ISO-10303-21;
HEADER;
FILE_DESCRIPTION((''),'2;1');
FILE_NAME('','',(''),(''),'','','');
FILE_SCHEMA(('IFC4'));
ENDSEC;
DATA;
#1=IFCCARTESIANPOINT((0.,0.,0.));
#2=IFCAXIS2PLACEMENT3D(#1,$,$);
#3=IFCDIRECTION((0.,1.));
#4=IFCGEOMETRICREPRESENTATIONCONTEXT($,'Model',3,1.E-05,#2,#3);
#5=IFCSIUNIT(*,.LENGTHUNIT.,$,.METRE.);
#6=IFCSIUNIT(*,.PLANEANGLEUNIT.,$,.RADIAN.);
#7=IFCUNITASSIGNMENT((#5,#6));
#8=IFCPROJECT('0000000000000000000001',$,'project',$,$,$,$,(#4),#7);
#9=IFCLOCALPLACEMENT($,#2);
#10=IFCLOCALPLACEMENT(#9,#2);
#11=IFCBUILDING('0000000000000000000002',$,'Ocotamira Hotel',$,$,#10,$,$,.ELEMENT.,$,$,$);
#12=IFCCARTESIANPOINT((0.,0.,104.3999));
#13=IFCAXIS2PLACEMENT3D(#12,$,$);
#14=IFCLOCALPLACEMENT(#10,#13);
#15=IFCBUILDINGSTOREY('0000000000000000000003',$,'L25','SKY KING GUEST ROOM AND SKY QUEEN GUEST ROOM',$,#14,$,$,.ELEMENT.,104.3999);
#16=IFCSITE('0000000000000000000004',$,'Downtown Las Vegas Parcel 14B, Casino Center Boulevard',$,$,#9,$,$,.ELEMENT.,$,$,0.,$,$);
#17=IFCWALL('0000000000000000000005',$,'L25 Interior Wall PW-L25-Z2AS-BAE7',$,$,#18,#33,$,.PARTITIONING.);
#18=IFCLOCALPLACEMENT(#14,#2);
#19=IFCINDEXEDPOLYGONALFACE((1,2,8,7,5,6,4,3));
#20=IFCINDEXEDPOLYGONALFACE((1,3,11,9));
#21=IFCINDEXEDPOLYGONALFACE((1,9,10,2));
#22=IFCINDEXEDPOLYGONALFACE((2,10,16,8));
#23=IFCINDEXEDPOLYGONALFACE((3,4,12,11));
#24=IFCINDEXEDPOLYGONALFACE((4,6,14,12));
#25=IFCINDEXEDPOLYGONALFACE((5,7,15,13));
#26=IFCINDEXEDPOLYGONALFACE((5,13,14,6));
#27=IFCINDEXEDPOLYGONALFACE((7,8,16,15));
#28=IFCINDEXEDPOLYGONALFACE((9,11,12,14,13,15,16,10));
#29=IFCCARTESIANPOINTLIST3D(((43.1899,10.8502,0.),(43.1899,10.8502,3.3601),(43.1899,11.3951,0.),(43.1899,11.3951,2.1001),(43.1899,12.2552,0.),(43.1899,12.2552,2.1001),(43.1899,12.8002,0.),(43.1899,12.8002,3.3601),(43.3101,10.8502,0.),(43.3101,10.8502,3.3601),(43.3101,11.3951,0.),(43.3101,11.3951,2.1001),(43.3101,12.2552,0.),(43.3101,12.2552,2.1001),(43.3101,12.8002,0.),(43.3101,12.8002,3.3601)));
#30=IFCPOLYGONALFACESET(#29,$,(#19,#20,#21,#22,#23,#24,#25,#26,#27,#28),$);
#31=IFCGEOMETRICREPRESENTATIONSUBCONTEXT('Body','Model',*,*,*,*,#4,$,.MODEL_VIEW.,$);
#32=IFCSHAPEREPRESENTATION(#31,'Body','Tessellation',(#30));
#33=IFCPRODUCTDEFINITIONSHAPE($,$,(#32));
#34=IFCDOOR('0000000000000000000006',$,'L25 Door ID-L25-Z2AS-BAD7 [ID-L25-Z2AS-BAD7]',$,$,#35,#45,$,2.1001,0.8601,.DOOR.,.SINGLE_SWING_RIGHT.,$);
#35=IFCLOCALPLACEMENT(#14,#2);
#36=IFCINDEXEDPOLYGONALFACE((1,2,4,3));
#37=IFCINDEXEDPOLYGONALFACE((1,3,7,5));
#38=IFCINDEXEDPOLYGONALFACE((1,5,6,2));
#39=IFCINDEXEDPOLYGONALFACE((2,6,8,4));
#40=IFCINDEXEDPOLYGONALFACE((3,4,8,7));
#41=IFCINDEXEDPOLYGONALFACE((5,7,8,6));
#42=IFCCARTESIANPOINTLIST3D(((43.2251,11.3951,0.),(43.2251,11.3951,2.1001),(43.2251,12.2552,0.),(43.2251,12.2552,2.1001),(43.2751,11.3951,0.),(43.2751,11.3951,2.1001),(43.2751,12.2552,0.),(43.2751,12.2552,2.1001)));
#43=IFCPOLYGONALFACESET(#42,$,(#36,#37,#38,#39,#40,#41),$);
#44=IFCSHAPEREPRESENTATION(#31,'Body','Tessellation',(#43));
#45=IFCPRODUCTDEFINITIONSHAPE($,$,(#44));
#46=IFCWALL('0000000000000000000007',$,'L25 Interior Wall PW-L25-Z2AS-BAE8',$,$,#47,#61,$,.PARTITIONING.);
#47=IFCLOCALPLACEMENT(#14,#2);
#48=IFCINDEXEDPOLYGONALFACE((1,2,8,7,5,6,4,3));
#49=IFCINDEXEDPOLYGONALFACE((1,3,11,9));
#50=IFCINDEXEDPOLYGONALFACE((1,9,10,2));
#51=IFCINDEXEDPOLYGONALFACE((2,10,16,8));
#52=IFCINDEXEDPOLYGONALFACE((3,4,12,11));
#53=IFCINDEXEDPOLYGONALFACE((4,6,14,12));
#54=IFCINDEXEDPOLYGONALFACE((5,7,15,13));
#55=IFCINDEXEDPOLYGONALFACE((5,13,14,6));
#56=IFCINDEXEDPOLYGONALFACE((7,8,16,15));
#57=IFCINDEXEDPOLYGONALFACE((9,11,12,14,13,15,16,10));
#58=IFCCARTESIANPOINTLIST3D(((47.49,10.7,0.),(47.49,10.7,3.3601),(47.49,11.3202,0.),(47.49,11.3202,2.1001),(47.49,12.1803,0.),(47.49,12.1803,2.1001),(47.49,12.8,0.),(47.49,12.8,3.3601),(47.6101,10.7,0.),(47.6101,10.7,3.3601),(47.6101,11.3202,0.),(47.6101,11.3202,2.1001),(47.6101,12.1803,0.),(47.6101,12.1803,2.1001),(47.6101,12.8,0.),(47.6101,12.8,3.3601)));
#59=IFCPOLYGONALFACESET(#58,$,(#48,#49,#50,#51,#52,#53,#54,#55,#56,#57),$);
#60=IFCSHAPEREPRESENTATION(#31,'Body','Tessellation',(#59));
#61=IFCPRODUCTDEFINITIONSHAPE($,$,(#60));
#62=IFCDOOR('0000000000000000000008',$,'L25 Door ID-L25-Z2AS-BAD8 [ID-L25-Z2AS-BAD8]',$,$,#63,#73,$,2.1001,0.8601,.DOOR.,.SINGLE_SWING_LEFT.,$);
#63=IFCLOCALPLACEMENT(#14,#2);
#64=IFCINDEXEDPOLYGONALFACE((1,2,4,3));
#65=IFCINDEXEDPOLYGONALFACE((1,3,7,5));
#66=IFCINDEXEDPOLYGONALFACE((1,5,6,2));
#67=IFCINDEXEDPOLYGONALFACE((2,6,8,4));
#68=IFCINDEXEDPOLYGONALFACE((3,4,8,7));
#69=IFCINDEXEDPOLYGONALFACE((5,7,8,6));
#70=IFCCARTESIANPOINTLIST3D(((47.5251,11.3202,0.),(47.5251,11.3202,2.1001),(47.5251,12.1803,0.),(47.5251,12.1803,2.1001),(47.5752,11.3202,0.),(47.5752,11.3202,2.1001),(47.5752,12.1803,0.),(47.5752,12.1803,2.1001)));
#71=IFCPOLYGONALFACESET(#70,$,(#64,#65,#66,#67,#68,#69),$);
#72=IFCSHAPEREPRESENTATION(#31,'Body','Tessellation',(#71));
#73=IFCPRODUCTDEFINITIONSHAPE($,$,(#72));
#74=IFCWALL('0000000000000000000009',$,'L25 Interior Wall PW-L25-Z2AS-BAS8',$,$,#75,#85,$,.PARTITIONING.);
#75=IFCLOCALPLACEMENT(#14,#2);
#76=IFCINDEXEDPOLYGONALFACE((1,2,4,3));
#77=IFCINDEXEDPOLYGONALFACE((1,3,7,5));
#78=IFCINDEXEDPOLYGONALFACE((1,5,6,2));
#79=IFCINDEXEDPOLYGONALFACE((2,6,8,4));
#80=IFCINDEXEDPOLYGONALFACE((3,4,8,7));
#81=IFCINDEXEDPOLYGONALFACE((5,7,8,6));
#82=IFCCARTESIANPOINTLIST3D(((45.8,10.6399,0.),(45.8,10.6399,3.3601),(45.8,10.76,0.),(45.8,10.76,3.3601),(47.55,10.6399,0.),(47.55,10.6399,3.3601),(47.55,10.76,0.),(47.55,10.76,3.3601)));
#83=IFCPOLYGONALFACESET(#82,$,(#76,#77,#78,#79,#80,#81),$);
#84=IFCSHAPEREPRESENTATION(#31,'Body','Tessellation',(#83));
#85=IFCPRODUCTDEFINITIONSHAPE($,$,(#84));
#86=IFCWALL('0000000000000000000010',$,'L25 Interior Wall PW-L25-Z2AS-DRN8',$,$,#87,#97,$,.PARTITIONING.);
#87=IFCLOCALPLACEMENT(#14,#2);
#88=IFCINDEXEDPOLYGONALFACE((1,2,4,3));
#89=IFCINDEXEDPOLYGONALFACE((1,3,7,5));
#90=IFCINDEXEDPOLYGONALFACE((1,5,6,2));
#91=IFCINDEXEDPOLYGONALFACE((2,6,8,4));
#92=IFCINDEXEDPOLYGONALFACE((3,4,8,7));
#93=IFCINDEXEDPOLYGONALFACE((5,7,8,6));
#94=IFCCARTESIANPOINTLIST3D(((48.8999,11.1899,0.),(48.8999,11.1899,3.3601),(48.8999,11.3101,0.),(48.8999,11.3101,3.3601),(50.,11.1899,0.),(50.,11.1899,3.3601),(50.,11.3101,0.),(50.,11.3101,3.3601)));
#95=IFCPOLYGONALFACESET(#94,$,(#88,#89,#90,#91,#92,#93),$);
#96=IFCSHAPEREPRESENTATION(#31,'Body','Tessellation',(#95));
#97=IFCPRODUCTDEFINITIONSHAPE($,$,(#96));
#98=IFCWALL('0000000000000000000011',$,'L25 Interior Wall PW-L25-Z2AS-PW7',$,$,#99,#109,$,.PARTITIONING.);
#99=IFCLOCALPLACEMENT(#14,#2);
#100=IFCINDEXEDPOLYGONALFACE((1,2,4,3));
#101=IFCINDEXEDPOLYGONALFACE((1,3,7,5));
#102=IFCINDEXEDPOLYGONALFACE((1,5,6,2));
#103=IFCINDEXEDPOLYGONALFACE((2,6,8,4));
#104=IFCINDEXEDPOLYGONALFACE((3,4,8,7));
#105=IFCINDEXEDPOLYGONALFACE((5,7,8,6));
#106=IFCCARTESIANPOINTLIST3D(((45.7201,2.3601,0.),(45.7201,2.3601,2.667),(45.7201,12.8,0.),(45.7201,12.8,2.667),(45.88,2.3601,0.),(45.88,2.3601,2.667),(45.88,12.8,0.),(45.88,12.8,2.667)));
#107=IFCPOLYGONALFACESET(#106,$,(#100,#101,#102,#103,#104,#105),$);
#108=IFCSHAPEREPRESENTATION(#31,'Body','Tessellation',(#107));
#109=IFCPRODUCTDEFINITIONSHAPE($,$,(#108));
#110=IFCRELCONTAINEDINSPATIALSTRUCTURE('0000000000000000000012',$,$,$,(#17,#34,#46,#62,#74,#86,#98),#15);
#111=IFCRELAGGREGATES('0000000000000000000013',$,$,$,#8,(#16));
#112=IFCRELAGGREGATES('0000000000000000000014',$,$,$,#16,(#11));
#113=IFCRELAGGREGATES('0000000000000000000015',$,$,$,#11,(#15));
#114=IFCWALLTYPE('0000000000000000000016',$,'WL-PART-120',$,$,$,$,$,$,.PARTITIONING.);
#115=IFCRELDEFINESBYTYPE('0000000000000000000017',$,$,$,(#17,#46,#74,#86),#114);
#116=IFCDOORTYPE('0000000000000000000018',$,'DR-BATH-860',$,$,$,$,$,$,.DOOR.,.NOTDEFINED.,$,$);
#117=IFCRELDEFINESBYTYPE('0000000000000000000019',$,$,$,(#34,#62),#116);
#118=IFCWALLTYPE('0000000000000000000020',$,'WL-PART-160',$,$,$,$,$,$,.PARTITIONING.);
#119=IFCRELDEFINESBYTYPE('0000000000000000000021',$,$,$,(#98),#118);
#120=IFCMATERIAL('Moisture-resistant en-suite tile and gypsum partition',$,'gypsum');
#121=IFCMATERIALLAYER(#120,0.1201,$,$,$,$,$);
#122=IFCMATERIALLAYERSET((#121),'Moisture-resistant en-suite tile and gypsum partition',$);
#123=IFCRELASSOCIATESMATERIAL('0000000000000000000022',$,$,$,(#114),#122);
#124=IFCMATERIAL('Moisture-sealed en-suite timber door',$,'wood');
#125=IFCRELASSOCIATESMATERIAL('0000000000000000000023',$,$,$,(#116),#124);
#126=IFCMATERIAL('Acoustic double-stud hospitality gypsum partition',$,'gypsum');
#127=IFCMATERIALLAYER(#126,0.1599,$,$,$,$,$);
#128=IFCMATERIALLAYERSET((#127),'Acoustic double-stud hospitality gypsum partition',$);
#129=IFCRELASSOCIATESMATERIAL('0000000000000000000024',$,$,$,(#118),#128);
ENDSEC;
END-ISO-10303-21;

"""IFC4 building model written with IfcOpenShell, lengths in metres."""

from ifc_helpers import new_model, si_unit, direction, frame, frame_2d, origin, place, context, subcontext, project, spatial, rectangle, extrude, source, transform, mapped, material, layer, layer_set, type_object, element, fill, save


model = new_model("IFC4")

# Units and contexts
model_context = context("Model", 3, precision=1e-05, world=origin(), true_north=direction((0.0, 1.0)))
body_context = subcontext(model_context, "Body", "Model", "MODEL_VIEW")
ifc_project = project(units=[si_unit("LENGTHUNIT", "METRE"), si_unit("PLANEANGLEUNIT", "RADIAN")], contexts=[model_context])

# Site, building, storey
site_placement = place(None, origin())
site = spatial("IfcSite", under=ifc_project, at=site_placement, Name="Downtown Las Vegas Parcel 14B, Casino Center Boulevard", CompositionType="ELEMENT", RefElevation=0.0)
building_placement = place(site_placement, origin())
building = spatial("IfcBuilding", under=site, at=building_placement, Name="Ocotamira Hotel", CompositionType="ELEMENT")
storey_placement = place(building_placement, frame((0.0, 0.0, 104.3999)))
storey = spatial("IfcBuildingStorey", under=building, at=storey_placement, Name="L25", Description="SKY KING GUEST ROOM AND SKY QUEEN GUEST ROOM", CompositionType="ELEMENT", Elevation=104.3999)

# Walls, openings, doors
ifc_material_1 = material(Name="Moisture-resistant en-suite tile and gypsum partition", Category="gypsum")
ifc_layer_1 = layer(ifc_material_1, 0.1201)
ifc_layer_set_1 = layer_set([ifc_layer_1], Name="Moisture-resistant en-suite tile and gypsum partition")
wall_type_1 = type_object("IfcWallType", Name="WL-PART-120", PredefinedType="PARTITIONING", material=ifc_layer_set_1)
wall_1_placement = place(storey_placement, frame((43.25, 10.8501, 0.0), z_axis=(0.0, 0.0, 1.0), x_axis=(0.0, 1.0, 0.0)))
wall_1 = element("IfcWall", 1, at=wall_1_placement, inside=storey, type_object=wall_type_1, Name="L25 Interior Wall PW-L25-Z2AS-BAE7", PredefinedType="PARTITIONING", context=body_context, shape_type="SweptSolid", body=[
    extrude(rectangle(XDim=1.95, YDim=0.1201, at=frame_2d((0.9751, 0.0))), origin(), (0.0, 0.0, 1.0), 3.3601),
])
opening_1_placement = place(wall_1_placement, frame((0.5449, 0.0, 0.0)))
opening_1 = element("IfcOpeningElement", 2, at=opening_1_placement, cuts=wall_1, PredefinedType="OPENING", context=body_context, shape_type="SweptSolid", body=[
    extrude(rectangle(XDim=0.8601, YDim=2.1001, at=frame_2d((0.4302, 1.05))), frame((0.0, 0.0701, 0.0), z_axis=(0.0, -1.0, 0.0), x_axis=(1.0, 0.0, 0.0)), (0.0, 0.0, 1.0), 0.1401),
])
ifc_material_2 = material(Name="Moisture-sealed en-suite timber door", Category="wood")
door_type = type_object("IfcDoorType", Name="DR-BATH-860", OperationType="NOTDEFINED", PredefinedType="DOOR", material=ifc_material_2)
shared_shape_1 = source(origin(), body_context, "Body", "SweptSolid", [
    extrude(rectangle(XDim=0.8601, YDim=2.1001, at=frame_2d((0.4302, 1.05))), frame((0.0, 0.0249, 0.0), z_axis=(0.0, -1.0, 0.0), x_axis=(1.0, 0.0, 0.0)), (0.0, 0.0, 1.0), 0.05),
])
door_1_placement = place(opening_1_placement, origin())
door_1 = element("IfcDoor", 3, at=door_1_placement, inside=storey, type_object=door_type, Name="L25 Door ID-L25-Z2AS-BAD7 [ID-L25-Z2AS-BAD7]", OperationType="SINGLE_SWING_RIGHT", OverallHeight=2.1001, OverallWidth=0.8601, PredefinedType="DOOR", context=body_context, shape_type="MappedRepresentation", body=[
    mapped(shared_shape_1, transform((0.0, 0.0, 0.0), scale=1.0)),
])
fill(opening_1, door_1)
wall_2_placement = place(storey_placement, frame((47.55, 10.7, 0.0), z_axis=(0.0, 0.0, 1.0), x_axis=(0.0, 1.0, 0.0)))
wall_2 = element("IfcWall", 4, at=wall_2_placement, inside=storey, type_object=wall_type_1, Name="L25 Interior Wall PW-L25-Z2AS-BAE8", PredefinedType="PARTITIONING", context=body_context, shape_type="SweptSolid", body=[
    extrude(rectangle(XDim=2.1001, YDim=0.1201, at=frame_2d((1.05, 0.0))), origin(), (0.0, 0.0, 1.0), 3.3601),
])
opening_2_placement = place(wall_2_placement, frame((0.6201, 0.0, 0.0)))
opening_2 = element("IfcOpeningElement", 5, at=opening_2_placement, cuts=wall_2, PredefinedType="OPENING", context=body_context, shape_type="SweptSolid", body=[
    extrude(rectangle(XDim=0.8601, YDim=2.1001, at=frame_2d((0.4302, 1.05))), frame((0.0, 0.0701, 0.0), z_axis=(0.0, -1.0, 0.0), x_axis=(1.0, 0.0, 0.0)), (0.0, 0.0, 1.0), 0.1401),
])
door_2_placement = place(opening_2_placement, origin())
door_2 = element("IfcDoor", 6, at=door_2_placement, inside=storey, type_object=door_type, Name="L25 Door ID-L25-Z2AS-BAD8 [ID-L25-Z2AS-BAD8]", OperationType="SINGLE_SWING_LEFT", OverallHeight=2.1001, OverallWidth=0.8601, PredefinedType="DOOR", context=body_context, shape_type="MappedRepresentation", body=[
    mapped(shared_shape_1, transform((0.0, 0.0, 0.0), scale=1.0)),
])
fill(opening_2, door_2)

# Walls
wall_3_placement = place(storey_placement, frame((45.8, 10.7, 0.0), z_axis=(0.0, 0.0, 1.0), x_axis=(1.0, 0.0, 0.0)))
element("IfcWall", 7, at=wall_3_placement, inside=storey, type_object=wall_type_1, Name="L25 Interior Wall PW-L25-Z2AS-BAS8", PredefinedType="PARTITIONING", context=body_context, shape_type="SweptSolid", body=[
    extrude(rectangle(XDim=1.75, YDim=0.1201, at=frame_2d((0.875, 0.0))), origin(), (0.0, 0.0, 1.0), 3.3601),
])
wall_4_placement = place(storey_placement, frame((48.8999, 11.25, 0.0), z_axis=(0.0, 0.0, 1.0), x_axis=(1.0, 0.0, 0.0)))
element("IfcWall", 8, at=wall_4_placement, inside=storey, type_object=wall_type_1, Name="L25 Interior Wall PW-L25-Z2AS-DRN8", PredefinedType="PARTITIONING", context=body_context, shape_type="SweptSolid", body=[
    extrude(rectangle(XDim=1.1001, YDim=0.1201, at=frame_2d((0.55, 0.0))), origin(), (0.0, 0.0, 1.0), 3.3601),
])
ifc_material_3 = material(Name="Acoustic double-stud hospitality gypsum partition", Category="gypsum")
ifc_layer_2 = layer(ifc_material_3, 0.1599)
ifc_layer_set_2 = layer_set([ifc_layer_2], Name="Acoustic double-stud hospitality gypsum partition")
wall_type_2 = type_object("IfcWallType", Name="WL-PART-160", PredefinedType="PARTITIONING", material=ifc_layer_set_2)
wall_5_placement = place(storey_placement, frame((45.8, 2.3601, 0.0), z_axis=(0.0, 0.0, 1.0), x_axis=(0.0, 1.0, 0.0)))
element("IfcWall", 9, at=wall_5_placement, inside=storey, type_object=wall_type_2, Name="L25 Interior Wall PW-L25-Z2AS-PW7", PredefinedType="PARTITIONING", context=body_context, shape_type="SweptSolid", body=[
    extrude(rectangle(XDim=10.4399, YDim=0.1599, at=frame_2d((5.22, 0.0))), origin(), (0.0, 0.0, 1.0), 2.667),
])

save(model, "model.ifc")
